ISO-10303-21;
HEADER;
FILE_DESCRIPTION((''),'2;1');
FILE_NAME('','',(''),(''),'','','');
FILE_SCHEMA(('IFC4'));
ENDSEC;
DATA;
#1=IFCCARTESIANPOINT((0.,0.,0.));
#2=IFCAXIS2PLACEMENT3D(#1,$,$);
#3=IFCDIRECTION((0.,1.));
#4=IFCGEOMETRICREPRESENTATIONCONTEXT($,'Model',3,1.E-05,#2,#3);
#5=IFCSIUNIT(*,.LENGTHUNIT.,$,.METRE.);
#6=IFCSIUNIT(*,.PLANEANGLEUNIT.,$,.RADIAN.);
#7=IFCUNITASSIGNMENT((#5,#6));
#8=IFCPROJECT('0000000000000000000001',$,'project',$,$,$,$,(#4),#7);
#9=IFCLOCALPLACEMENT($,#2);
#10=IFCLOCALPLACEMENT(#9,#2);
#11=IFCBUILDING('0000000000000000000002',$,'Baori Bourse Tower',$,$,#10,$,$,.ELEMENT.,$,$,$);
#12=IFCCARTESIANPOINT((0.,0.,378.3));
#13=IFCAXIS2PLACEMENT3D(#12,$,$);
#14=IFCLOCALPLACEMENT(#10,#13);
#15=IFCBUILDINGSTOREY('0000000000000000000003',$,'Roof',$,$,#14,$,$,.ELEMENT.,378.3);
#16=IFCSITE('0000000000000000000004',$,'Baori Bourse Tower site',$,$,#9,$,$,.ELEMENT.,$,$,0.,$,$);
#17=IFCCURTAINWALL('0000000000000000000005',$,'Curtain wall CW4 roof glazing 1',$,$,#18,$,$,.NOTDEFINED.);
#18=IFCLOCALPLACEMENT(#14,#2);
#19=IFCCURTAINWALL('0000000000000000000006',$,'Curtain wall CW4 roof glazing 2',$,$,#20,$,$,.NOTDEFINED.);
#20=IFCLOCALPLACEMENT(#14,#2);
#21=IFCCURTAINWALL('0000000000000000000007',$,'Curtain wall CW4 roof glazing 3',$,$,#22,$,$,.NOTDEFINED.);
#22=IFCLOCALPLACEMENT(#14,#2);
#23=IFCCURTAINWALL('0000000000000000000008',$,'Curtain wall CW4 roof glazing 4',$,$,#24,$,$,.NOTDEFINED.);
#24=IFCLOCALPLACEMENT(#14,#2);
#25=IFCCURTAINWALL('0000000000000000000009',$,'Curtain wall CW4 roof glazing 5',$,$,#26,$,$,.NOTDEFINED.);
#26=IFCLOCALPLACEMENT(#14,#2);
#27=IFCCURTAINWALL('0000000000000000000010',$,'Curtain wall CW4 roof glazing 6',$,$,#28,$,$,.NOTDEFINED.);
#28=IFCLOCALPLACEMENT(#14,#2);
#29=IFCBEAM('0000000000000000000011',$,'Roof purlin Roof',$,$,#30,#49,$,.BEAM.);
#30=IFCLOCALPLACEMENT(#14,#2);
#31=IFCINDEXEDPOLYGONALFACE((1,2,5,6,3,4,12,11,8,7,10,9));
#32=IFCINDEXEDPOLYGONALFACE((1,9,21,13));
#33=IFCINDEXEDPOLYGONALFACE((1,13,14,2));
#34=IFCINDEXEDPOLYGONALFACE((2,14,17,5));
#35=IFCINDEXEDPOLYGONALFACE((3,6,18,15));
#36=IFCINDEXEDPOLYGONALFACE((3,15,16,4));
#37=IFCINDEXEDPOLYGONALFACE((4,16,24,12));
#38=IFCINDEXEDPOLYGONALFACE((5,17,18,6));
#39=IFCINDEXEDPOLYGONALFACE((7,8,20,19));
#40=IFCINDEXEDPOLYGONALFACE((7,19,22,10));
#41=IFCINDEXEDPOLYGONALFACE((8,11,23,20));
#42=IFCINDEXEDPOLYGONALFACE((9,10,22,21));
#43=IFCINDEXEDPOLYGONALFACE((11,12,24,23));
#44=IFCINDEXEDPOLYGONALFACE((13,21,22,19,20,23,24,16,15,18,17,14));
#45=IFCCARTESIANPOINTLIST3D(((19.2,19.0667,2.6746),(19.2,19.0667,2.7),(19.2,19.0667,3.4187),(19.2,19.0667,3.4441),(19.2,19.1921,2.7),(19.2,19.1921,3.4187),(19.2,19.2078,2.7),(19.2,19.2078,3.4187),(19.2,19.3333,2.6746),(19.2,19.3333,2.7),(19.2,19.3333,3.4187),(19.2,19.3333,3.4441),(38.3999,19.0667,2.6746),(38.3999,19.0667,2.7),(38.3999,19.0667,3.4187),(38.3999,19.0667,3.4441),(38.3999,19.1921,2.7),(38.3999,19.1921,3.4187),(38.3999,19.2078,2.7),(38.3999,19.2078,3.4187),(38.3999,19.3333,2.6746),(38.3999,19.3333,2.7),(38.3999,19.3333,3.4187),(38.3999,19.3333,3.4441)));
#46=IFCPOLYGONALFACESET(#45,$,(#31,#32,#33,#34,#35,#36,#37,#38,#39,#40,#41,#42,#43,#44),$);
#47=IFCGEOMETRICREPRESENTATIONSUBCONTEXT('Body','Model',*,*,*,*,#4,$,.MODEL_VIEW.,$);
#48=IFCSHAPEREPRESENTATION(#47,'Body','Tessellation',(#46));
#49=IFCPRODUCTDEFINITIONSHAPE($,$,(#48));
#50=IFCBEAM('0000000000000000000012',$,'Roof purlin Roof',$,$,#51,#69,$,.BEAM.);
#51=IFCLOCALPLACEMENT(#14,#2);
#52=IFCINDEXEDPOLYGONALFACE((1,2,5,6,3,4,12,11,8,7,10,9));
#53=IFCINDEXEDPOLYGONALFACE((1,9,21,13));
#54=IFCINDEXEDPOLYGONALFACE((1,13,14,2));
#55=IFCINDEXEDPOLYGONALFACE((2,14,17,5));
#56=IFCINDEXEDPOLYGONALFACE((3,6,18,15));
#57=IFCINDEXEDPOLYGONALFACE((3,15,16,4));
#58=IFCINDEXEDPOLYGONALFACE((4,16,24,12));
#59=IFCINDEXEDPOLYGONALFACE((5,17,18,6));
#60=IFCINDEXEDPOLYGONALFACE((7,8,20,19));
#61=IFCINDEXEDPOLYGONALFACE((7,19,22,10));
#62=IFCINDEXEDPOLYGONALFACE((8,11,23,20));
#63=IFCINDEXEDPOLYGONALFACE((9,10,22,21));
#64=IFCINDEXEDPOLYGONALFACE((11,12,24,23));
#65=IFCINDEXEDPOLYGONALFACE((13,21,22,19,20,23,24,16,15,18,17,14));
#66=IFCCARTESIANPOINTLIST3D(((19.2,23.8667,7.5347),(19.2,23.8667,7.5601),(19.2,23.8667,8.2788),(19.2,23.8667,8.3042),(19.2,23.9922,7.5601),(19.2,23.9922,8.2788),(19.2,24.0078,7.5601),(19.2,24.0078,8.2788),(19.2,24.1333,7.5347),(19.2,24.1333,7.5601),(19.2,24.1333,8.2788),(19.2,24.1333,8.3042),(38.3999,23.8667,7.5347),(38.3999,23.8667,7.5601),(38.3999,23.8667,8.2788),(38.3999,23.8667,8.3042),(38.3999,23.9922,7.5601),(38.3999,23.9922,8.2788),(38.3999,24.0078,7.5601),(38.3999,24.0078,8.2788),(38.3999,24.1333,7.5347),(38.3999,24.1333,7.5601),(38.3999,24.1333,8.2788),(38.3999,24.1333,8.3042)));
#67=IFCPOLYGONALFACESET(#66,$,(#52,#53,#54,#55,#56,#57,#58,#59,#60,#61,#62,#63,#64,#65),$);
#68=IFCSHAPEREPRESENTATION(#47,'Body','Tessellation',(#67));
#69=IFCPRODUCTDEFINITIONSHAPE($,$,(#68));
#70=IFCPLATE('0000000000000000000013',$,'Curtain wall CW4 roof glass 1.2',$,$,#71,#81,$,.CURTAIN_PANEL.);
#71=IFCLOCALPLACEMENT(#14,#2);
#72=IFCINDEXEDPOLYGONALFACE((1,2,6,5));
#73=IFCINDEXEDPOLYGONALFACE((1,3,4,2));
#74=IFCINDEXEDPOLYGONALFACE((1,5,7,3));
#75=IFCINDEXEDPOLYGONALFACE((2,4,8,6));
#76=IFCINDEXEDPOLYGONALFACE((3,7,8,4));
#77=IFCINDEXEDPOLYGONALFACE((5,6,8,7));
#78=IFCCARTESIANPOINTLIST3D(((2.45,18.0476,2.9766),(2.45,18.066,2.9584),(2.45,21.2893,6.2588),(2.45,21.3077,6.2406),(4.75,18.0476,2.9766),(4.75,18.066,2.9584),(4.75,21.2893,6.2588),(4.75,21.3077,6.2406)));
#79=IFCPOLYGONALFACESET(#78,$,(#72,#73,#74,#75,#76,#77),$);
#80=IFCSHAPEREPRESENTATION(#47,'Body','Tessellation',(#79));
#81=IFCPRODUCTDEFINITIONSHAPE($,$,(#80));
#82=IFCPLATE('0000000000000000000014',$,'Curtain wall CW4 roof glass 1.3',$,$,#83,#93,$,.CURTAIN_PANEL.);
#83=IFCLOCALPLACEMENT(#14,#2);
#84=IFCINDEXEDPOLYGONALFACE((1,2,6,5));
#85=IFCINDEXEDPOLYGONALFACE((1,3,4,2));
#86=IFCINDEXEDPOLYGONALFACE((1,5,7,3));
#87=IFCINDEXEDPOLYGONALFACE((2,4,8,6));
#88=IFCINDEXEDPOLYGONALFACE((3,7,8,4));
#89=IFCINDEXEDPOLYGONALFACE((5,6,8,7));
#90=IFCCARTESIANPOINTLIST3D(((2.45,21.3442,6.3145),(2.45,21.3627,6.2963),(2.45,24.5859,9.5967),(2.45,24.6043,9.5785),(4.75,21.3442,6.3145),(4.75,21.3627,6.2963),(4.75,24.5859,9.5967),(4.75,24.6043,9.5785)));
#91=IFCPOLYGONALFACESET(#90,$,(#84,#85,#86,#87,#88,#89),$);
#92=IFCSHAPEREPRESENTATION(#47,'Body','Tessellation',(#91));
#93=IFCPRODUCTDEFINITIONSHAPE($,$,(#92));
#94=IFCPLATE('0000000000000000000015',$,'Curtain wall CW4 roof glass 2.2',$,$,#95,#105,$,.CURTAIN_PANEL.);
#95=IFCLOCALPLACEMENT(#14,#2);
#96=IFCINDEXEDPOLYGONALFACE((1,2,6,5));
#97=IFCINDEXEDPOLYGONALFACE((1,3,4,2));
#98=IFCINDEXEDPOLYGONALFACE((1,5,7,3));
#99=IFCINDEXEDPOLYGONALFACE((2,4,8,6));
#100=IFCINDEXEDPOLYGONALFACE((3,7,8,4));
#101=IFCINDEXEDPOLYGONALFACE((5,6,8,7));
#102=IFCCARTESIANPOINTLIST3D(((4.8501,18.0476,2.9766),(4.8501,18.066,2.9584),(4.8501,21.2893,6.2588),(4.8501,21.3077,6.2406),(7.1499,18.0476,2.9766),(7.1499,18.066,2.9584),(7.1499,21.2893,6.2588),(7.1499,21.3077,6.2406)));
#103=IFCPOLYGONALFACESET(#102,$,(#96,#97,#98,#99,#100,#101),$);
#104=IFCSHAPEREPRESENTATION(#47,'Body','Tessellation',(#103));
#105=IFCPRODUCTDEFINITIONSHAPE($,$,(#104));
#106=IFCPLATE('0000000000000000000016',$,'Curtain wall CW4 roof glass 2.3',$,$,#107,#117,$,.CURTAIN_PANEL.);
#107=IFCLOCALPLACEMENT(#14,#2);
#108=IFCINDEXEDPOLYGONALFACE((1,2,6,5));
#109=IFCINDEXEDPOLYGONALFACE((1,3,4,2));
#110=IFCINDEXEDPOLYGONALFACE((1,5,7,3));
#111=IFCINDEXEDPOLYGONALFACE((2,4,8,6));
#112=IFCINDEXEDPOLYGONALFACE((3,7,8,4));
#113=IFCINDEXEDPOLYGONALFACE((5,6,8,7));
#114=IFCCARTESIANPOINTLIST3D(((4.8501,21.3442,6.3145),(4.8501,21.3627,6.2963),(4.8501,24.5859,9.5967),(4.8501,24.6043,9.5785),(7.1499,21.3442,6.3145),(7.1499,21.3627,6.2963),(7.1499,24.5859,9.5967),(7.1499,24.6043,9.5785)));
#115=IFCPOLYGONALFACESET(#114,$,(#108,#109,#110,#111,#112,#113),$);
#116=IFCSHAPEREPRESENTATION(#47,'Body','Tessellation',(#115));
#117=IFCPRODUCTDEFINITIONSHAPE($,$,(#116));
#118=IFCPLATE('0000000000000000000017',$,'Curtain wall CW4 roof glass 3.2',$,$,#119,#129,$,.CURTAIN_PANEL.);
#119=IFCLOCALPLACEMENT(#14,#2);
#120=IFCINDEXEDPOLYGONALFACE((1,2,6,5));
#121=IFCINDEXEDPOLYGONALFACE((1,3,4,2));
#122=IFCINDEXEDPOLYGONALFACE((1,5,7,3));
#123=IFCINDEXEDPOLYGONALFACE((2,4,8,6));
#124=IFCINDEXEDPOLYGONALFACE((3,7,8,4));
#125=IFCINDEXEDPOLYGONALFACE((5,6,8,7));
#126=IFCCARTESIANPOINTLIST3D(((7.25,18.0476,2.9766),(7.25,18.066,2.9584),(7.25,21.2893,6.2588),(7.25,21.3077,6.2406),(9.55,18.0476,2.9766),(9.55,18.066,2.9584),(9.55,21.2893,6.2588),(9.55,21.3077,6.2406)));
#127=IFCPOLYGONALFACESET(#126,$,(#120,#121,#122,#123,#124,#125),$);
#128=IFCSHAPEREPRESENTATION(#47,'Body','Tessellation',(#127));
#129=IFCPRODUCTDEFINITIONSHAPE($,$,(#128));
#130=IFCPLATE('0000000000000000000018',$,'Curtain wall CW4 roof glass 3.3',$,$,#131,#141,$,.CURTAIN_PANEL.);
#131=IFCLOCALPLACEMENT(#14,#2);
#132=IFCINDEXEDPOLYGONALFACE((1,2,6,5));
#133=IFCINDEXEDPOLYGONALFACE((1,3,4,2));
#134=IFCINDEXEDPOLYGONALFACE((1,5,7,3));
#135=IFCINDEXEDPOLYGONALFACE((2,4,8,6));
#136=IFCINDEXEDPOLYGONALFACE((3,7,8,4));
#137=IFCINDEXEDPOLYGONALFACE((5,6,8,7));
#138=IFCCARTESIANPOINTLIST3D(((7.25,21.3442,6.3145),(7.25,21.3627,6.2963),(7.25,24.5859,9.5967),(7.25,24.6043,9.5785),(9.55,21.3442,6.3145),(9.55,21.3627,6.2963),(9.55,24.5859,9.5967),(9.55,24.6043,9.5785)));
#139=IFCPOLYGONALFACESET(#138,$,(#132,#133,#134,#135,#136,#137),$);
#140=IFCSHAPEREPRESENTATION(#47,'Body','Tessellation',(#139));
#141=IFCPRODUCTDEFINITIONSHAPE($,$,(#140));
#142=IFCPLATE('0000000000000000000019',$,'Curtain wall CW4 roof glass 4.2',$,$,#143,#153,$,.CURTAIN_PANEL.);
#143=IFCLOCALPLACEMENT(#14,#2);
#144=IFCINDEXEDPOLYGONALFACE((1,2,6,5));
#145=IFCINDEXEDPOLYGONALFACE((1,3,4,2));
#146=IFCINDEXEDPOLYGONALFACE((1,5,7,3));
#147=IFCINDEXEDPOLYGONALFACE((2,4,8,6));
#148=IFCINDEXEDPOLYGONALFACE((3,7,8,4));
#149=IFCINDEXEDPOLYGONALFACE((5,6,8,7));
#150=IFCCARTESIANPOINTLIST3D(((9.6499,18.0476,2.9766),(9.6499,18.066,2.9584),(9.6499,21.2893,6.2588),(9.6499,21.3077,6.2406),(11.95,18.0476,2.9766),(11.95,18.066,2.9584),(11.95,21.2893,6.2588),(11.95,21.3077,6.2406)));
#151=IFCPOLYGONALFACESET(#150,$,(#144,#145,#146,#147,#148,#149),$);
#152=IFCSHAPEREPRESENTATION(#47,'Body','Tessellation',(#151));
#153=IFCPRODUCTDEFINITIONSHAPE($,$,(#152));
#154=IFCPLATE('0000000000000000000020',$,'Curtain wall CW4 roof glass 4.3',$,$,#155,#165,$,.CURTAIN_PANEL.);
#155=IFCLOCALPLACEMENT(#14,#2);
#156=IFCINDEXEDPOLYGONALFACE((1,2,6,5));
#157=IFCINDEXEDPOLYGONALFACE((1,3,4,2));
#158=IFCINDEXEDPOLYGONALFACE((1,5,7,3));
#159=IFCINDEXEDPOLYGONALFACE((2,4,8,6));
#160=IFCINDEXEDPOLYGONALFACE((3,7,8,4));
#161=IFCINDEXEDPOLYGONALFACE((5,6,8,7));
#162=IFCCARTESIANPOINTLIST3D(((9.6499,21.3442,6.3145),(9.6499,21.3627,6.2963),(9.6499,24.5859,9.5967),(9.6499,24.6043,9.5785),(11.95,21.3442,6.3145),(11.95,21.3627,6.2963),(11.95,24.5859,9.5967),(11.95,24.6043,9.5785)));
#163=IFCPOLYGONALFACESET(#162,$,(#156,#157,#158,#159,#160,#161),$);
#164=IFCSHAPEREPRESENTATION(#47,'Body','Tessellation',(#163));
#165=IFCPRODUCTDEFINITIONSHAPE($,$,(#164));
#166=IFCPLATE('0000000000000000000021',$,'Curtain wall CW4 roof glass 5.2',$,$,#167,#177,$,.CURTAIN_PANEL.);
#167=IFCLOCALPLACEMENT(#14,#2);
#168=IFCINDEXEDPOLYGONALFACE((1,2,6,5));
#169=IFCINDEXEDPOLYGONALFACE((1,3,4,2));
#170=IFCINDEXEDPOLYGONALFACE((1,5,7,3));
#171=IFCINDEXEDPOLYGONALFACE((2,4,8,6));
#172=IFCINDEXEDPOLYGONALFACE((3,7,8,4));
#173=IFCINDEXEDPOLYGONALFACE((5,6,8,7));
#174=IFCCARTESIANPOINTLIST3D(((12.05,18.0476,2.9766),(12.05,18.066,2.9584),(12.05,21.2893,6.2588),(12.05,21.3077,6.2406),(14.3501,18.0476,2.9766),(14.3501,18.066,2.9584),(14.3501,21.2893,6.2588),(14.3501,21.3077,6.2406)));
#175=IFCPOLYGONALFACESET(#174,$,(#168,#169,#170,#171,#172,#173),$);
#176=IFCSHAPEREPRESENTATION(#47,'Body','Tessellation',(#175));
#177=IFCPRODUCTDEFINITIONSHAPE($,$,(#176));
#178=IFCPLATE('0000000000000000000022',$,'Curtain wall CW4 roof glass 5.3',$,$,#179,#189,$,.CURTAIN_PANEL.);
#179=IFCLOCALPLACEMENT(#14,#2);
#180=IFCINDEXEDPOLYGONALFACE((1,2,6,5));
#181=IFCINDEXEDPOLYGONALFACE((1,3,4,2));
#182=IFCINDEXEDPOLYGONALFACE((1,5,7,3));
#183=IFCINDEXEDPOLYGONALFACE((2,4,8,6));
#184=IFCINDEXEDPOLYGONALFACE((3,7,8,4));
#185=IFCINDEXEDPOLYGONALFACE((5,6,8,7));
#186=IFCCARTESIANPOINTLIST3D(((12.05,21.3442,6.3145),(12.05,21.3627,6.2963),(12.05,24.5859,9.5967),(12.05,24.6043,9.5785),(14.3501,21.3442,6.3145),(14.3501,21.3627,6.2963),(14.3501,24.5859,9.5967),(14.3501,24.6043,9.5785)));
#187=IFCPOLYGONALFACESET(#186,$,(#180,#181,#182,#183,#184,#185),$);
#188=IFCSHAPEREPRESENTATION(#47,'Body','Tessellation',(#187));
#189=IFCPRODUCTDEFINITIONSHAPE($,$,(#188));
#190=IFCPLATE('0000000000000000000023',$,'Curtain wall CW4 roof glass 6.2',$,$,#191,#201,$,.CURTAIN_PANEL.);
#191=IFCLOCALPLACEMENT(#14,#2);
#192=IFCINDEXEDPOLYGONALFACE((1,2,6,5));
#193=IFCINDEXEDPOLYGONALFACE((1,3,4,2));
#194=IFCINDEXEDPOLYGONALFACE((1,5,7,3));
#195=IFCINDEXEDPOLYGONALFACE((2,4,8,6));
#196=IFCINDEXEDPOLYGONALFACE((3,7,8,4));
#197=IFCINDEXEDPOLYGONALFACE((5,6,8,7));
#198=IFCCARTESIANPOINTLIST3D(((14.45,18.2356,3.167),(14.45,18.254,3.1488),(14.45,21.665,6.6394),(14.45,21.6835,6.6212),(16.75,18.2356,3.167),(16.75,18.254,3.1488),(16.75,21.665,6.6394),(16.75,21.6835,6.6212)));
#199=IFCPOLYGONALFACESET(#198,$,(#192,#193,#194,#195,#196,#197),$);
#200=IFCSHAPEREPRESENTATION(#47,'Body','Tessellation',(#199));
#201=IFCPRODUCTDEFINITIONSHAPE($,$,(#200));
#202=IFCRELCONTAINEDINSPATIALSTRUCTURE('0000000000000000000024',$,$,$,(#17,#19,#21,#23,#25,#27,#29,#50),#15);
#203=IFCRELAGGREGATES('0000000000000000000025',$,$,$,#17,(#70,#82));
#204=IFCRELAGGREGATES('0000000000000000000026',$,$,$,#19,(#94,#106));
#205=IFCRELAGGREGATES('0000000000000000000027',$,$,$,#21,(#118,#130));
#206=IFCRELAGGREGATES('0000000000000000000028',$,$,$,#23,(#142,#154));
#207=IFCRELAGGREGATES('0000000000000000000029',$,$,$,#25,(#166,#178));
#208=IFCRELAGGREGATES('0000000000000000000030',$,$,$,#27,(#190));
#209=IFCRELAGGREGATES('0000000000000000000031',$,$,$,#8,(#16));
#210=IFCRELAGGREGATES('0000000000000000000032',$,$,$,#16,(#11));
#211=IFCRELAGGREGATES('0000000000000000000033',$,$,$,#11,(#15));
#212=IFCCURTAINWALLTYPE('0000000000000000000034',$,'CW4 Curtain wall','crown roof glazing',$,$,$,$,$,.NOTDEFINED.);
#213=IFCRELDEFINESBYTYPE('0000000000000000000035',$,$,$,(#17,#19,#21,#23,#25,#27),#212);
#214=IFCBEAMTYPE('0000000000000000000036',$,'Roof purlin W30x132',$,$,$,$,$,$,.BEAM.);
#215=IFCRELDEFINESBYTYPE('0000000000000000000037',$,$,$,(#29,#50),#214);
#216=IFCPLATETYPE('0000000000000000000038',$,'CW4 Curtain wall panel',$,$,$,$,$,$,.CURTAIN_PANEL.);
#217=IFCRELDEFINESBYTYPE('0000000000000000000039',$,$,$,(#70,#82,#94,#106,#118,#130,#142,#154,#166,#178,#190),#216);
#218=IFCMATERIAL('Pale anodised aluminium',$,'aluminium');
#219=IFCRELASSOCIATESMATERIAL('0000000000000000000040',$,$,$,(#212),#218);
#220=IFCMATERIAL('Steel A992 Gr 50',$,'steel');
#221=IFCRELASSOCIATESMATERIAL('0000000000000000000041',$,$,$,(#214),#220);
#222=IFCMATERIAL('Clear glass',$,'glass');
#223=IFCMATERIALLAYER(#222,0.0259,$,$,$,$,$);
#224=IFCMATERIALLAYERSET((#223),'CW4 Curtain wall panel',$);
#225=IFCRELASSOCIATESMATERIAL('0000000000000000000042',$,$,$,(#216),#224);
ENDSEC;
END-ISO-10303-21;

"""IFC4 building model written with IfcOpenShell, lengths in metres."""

from ifc_helpers import new_model, si_unit, direction, frame, origin, origin_2d, place, context, subcontext, project, spatial, polyline, i_section, outline, extrude, material, layer, layer_set, material_profile, profile_set, type_object, element, aggregate, save


model = new_model("IFC4")

# Units and contexts
model_context = context("Model", 3, precision=1e-05, world=origin(), true_north=direction((0.0, 1.0)))
body_context = subcontext(model_context, "Body", "Model", "MODEL_VIEW")
ifc_project = project(units=[si_unit("LENGTHUNIT", "METRE"), si_unit("PLANEANGLEUNIT", "RADIAN")], contexts=[model_context])

# Site, building, storey
site_placement = place(None, origin())
site = spatial("IfcSite", under=ifc_project, at=site_placement, Name="Baori Bourse Tower site", CompositionType="ELEMENT", RefElevation=0.0)
building_placement = place(site_placement, origin())
building = spatial("IfcBuilding", under=site, at=building_placement, Name="Baori Bourse Tower", CompositionType="ELEMENT")
storey_placement = place(building_placement, frame((0.0, 0.0, 378.3)))
storey = spatial("IfcBuildingStorey", under=building, at=storey_placement, Name="Roof", CompositionType="ELEMENT", Elevation=378.3)

# Curtain walls
ifc_material_1 = material(Name="Pale anodised aluminium", Category="aluminium")
curtain_wall_type = type_object("IfcCurtainWallType", Name="CW4 Curtain wall", Description="crown roof glazing", PredefinedType="NOTDEFINED", material=ifc_material_1)
curtain_wall_1_placement = place(storey_placement, origin())
curtain_wall_1 = element("IfcCurtainWall", 1, at=curtain_wall_1_placement, inside=storey, type_object=curtain_wall_type, Name="Curtain wall CW4 roof glazing 1", PredefinedType="NOTDEFINED")
curtain_wall_2_placement = place(storey_placement, origin())
curtain_wall_2 = element("IfcCurtainWall", 2, at=curtain_wall_2_placement, inside=storey, type_object=curtain_wall_type, Name="Curtain wall CW4 roof glazing 2", PredefinedType="NOTDEFINED")
curtain_wall_3_placement = place(storey_placement, origin())
curtain_wall_3 = element("IfcCurtainWall", 3, at=curtain_wall_3_placement, inside=storey, type_object=curtain_wall_type, Name="Curtain wall CW4 roof glazing 3", PredefinedType="NOTDEFINED")
curtain_wall_4_placement = place(storey_placement, origin())
curtain_wall_4 = element("IfcCurtainWall", 4, at=curtain_wall_4_placement, inside=storey, type_object=curtain_wall_type, Name="Curtain wall CW4 roof glazing 4", PredefinedType="NOTDEFINED")
curtain_wall_5_placement = place(storey_placement, origin())
curtain_wall_5 = element("IfcCurtainWall", 5, at=curtain_wall_5_placement, inside=storey, type_object=curtain_wall_type, Name="Curtain wall CW4 roof glazing 5", PredefinedType="NOTDEFINED")
curtain_wall_6_placement = place(storey_placement, origin())
curtain_wall_6 = element("IfcCurtainWall", 6, at=curtain_wall_6_placement, inside=storey, type_object=curtain_wall_type, Name="Curtain wall CW4 roof glazing 6", PredefinedType="NOTDEFINED")

# Beams
ifc_material_2 = material(Name="Steel A992 Gr 50", Category="steel")
ifc_material_profile_1 = material_profile(ifc_material_2, i_section(OverallWidth=0.2666, OverallDepth=0.7695, WebThickness=0.0156, FlangeThickness=0.0254, at=origin_2d()), Name="W30x132")
ifc_profile_set_1 = profile_set([ifc_material_profile_1], Name="Steel A992 Gr 50")
beam_type = type_object("IfcBeamType", Name="Roof purlin W30x132", PredefinedType="BEAM", material=ifc_profile_set_1)
for number, where, z_axis, x_axis, name in (
    (7, (19.2, 19.2, 3.0593), (1.0, 0.0, 0.0), (0.0, 1.0, 0.0), "Roof purlin Roof"),
    (8, (19.2, 24.0, 7.9194), (1.0, 0.0, 0.0), (0.0, 1.0, 0.0), "Roof purlin Roof"),
):
    element("IfcBeam", number, at=place(storey_placement, frame(where, z_axis=z_axis, x_axis=x_axis)), inside=storey, type_object=beam_type, Name=name, PredefinedType="BEAM", context=body_context, shape_type="SweptSolid", body=[
        extrude(i_section(OverallWidth=0.2666, OverallDepth=0.7695, WebThickness=0.0156, FlangeThickness=0.0254, at=origin_2d()), origin(), (0.0, 0.0, 1.0), 19.2),
    ])

# Plates
ifc_material_3 = material(Name="Clear glass", Category="glass")
ifc_layer = layer(ifc_material_3, 0.0259)
ifc_layer_set = layer_set([ifc_layer], Name="CW4 Curtain wall panel")
plate_type = type_object("IfcPlateType", Name="CW4 Curtain wall panel", PredefinedType="CURTAIN_PANEL", material=ifc_layer_set)
plate_1_placement = place(storey_placement, frame((2.45, 18.0476, 2.9766), z_axis=(0.0, -0.711486, 0.702701), x_axis=(1.0, 0.0, 0.0)))
plate_1 = element("IfcPlate", 9, at=plate_1_placement, type_object=plate_type, Name="Curtain wall CW4 roof glass 1.2", PredefinedType="CURTAIN_PANEL", context=body_context, shape_type="SweptSolid", body=[
    extrude(outline(polyline([(0.0, 0.0), (2.3, 0.0), (2.3, 4.6132), (0.0, 4.6132), (0.0, 0.0)])), origin(), (0.0, 0.0, -1.0), 0.0259),
])
plate_2_placement = place(storey_placement, frame((2.45, 21.3442, 6.3145), z_axis=(0.0, -0.711486, 0.702701), x_axis=(1.0, 0.0, 0.0)))
plate_2 = element("IfcPlate", 10, at=plate_2_placement, type_object=plate_type, Name="Curtain wall CW4 roof glass 1.3", PredefinedType="CURTAIN_PANEL", context=body_context, shape_type="SweptSolid", body=[
    extrude(outline(polyline([(0.0, 0.0), (2.3, 0.0), (2.3, 4.6132), (0.0, 4.6132), (0.0, 0.0)])), origin(), (0.0, 0.0, -1.0), 0.0259),
])
aggregate(curtain_wall_1, [plate_1, plate_2])
plate_3_placement = place(storey_placement, frame((4.8501, 18.0476, 2.9766), z_axis=(0.0, -0.711486, 0.702701), x_axis=(1.0, 0.0, 0.0)))
plate_3 = element("IfcPlate", 11, at=plate_3_placement, type_object=plate_type, Name="Curtain wall CW4 roof glass 2.2", PredefinedType="CURTAIN_PANEL", context=body_context, shape_type="SweptSolid", body=[
    extrude(outline(polyline([(0.0, 0.0), (2.2998, 0.0), (2.2998, 4.6132), (0.0, 4.6132), (0.0, 0.0)])), origin(), (0.0, 0.0, -1.0), 0.0259),
])
plate_4_placement = place(storey_placement, frame((4.8501, 21.3442, 6.3145), z_axis=(0.0, -0.711486, 0.702701), x_axis=(1.0, 0.0, 0.0)))
plate_4 = element("IfcPlate", 12, at=plate_4_placement, type_object=plate_type, Name="Curtain wall CW4 roof glass 2.3", PredefinedType="CURTAIN_PANEL", context=body_context, shape_type="SweptSolid", body=[
    extrude(outline(polyline([(0.0, 0.0), (2.2998, 0.0), (2.2998, 4.6132), (0.0, 4.6132), (0.0, 0.0)])), origin(), (0.0, 0.0, -1.0), 0.0259),
])
aggregate(curtain_wall_2, [plate_3, plate_4])
plate_5_placement = place(storey_placement, frame((7.25, 18.0476, 2.9766), z_axis=(0.0, -0.711486, 0.702701), x_axis=(1.0, 0.0, 0.0)))
plate_5 = element("IfcPlate", 13, at=plate_5_placement, type_object=plate_type, Name="Curtain wall CW4 roof glass 3.2", PredefinedType="CURTAIN_PANEL", context=body_context, shape_type="SweptSolid", body=[
    extrude(outline(polyline([(0.0, 0.0), (2.3, 0.0), (2.3, 4.6132), (0.0, 4.6132), (0.0, 0.0)])), origin(), (0.0, 0.0, -1.0), 0.0259),
])
plate_6_placement = place(storey_placement, frame((7.25, 21.3442, 6.3145), z_axis=(0.0, -0.711486, 0.702701), x_axis=(1.0, 0.0, 0.0)))
plate_6 = element("IfcPlate", 14, at=plate_6_placement, type_object=plate_type, Name="Curtain wall CW4 roof glass 3.3", PredefinedType="CURTAIN_PANEL", context=body_context, shape_type="SweptSolid", body=[
    extrude(outline(polyline([(0.0, 0.0), (2.3, 0.0), (2.3, 4.6132), (0.0, 4.6132), (0.0, 0.0)])), origin(), (0.0, 0.0, -1.0), 0.0259),
])
aggregate(curtain_wall_3, [plate_5, plate_6])
plate_7_placement = place(storey_placement, frame((9.6499, 18.0476, 2.9766), z_axis=(0.0, -0.711486, 0.702701), x_axis=(1.0, 0.0, 0.0)))
plate_7 = element("IfcPlate", 15, at=plate_7_placement, type_object=plate_type, Name="Curtain wall CW4 roof glass 4.2", PredefinedType="CURTAIN_PANEL", context=body_context, shape_type="SweptSolid", body=[
    extrude(outline(polyline([(0.0, 0.0), (2.3, 0.0), (2.3, 4.6132), (0.0, 4.6132), (0.0, 0.0)])), origin(), (0.0, 0.0, -1.0), 0.0259),
])
plate_8_placement = place(storey_placement, frame((9.6499, 21.3442, 6.3145), z_axis=(0.0, -0.711486, 0.702701), x_axis=(1.0, 0.0, 0.0)))
plate_8 = element("IfcPlate", 16, at=plate_8_placement, type_object=plate_type, Name="Curtain wall CW4 roof glass 4.3", PredefinedType="CURTAIN_PANEL", context=body_context, shape_type="SweptSolid", body=[
    extrude(outline(polyline([(0.0, 0.0), (2.3, 0.0), (2.3, 4.6132), (0.0, 4.6132), (0.0, 0.0)])), origin(), (0.0, 0.0, -1.0), 0.0259),
])
aggregate(curtain_wall_4, [plate_7, plate_8])
plate_9_placement = place(storey_placement, frame((12.05, 18.0476, 2.9766), z_axis=(0.0, -0.711486, 0.702701), x_axis=(1.0, 0.0, 0.0)))
plate_9 = element("IfcPlate", 17, at=plate_9_placement, type_object=plate_type, Name="Curtain wall CW4 roof glass 5.2", PredefinedType="CURTAIN_PANEL", context=body_context, shape_type="SweptSolid", body=[
    extrude(outline(polyline([(0.0, 0.0), (2.3, 0.0), (2.3, 4.6132), (0.0, 4.6132), (0.0, 0.0)])), origin(), (0.0, 0.0, -1.0), 0.0259),
])
plate_10_placement = place(storey_placement, frame((12.05, 21.3442, 6.3145), z_axis=(0.0, -0.711486, 0.702701), x_axis=(1.0, 0.0, 0.0)))
plate_10 = element("IfcPlate", 18, at=plate_10_placement, type_object=plate_type, Name="Curtain wall CW4 roof glass 5.3", PredefinedType="CURTAIN_PANEL", context=body_context, shape_type="SweptSolid", body=[
    extrude(outline(polyline([(0.0, 0.0), (2.3, 0.0), (2.3, 4.6132), (0.0, 4.6132), (0.0, 0.0)])), origin(), (0.0, 0.0, -1.0), 0.0259),
])
aggregate(curtain_wall_5, [plate_9, plate_10])
plate_11_placement = place(storey_placement, frame((14.45, 18.2356, 3.167), z_axis=(0.0, -0.711495, 0.702691), x_axis=(1.0, 0.0, 0.0)))
plate_11 = element("IfcPlate", 19, at=plate_11_placement, type_object=plate_type, Name="Curtain wall CW4 roof glass 6.2", PredefinedType="CURTAIN_PANEL", context=body_context, shape_type="SweptSolid", body=[
    extrude(outline(polyline([(0.0, 0.0), (2.3, 0.0), (2.3, 4.8804), (0.0, 4.8804), (0.0, 0.0)])), origin(), (0.0, 0.0, -1.0), 0.0259),
])
aggregate(curtain_wall_6, [plate_11])

save(model, "model.ifc")
